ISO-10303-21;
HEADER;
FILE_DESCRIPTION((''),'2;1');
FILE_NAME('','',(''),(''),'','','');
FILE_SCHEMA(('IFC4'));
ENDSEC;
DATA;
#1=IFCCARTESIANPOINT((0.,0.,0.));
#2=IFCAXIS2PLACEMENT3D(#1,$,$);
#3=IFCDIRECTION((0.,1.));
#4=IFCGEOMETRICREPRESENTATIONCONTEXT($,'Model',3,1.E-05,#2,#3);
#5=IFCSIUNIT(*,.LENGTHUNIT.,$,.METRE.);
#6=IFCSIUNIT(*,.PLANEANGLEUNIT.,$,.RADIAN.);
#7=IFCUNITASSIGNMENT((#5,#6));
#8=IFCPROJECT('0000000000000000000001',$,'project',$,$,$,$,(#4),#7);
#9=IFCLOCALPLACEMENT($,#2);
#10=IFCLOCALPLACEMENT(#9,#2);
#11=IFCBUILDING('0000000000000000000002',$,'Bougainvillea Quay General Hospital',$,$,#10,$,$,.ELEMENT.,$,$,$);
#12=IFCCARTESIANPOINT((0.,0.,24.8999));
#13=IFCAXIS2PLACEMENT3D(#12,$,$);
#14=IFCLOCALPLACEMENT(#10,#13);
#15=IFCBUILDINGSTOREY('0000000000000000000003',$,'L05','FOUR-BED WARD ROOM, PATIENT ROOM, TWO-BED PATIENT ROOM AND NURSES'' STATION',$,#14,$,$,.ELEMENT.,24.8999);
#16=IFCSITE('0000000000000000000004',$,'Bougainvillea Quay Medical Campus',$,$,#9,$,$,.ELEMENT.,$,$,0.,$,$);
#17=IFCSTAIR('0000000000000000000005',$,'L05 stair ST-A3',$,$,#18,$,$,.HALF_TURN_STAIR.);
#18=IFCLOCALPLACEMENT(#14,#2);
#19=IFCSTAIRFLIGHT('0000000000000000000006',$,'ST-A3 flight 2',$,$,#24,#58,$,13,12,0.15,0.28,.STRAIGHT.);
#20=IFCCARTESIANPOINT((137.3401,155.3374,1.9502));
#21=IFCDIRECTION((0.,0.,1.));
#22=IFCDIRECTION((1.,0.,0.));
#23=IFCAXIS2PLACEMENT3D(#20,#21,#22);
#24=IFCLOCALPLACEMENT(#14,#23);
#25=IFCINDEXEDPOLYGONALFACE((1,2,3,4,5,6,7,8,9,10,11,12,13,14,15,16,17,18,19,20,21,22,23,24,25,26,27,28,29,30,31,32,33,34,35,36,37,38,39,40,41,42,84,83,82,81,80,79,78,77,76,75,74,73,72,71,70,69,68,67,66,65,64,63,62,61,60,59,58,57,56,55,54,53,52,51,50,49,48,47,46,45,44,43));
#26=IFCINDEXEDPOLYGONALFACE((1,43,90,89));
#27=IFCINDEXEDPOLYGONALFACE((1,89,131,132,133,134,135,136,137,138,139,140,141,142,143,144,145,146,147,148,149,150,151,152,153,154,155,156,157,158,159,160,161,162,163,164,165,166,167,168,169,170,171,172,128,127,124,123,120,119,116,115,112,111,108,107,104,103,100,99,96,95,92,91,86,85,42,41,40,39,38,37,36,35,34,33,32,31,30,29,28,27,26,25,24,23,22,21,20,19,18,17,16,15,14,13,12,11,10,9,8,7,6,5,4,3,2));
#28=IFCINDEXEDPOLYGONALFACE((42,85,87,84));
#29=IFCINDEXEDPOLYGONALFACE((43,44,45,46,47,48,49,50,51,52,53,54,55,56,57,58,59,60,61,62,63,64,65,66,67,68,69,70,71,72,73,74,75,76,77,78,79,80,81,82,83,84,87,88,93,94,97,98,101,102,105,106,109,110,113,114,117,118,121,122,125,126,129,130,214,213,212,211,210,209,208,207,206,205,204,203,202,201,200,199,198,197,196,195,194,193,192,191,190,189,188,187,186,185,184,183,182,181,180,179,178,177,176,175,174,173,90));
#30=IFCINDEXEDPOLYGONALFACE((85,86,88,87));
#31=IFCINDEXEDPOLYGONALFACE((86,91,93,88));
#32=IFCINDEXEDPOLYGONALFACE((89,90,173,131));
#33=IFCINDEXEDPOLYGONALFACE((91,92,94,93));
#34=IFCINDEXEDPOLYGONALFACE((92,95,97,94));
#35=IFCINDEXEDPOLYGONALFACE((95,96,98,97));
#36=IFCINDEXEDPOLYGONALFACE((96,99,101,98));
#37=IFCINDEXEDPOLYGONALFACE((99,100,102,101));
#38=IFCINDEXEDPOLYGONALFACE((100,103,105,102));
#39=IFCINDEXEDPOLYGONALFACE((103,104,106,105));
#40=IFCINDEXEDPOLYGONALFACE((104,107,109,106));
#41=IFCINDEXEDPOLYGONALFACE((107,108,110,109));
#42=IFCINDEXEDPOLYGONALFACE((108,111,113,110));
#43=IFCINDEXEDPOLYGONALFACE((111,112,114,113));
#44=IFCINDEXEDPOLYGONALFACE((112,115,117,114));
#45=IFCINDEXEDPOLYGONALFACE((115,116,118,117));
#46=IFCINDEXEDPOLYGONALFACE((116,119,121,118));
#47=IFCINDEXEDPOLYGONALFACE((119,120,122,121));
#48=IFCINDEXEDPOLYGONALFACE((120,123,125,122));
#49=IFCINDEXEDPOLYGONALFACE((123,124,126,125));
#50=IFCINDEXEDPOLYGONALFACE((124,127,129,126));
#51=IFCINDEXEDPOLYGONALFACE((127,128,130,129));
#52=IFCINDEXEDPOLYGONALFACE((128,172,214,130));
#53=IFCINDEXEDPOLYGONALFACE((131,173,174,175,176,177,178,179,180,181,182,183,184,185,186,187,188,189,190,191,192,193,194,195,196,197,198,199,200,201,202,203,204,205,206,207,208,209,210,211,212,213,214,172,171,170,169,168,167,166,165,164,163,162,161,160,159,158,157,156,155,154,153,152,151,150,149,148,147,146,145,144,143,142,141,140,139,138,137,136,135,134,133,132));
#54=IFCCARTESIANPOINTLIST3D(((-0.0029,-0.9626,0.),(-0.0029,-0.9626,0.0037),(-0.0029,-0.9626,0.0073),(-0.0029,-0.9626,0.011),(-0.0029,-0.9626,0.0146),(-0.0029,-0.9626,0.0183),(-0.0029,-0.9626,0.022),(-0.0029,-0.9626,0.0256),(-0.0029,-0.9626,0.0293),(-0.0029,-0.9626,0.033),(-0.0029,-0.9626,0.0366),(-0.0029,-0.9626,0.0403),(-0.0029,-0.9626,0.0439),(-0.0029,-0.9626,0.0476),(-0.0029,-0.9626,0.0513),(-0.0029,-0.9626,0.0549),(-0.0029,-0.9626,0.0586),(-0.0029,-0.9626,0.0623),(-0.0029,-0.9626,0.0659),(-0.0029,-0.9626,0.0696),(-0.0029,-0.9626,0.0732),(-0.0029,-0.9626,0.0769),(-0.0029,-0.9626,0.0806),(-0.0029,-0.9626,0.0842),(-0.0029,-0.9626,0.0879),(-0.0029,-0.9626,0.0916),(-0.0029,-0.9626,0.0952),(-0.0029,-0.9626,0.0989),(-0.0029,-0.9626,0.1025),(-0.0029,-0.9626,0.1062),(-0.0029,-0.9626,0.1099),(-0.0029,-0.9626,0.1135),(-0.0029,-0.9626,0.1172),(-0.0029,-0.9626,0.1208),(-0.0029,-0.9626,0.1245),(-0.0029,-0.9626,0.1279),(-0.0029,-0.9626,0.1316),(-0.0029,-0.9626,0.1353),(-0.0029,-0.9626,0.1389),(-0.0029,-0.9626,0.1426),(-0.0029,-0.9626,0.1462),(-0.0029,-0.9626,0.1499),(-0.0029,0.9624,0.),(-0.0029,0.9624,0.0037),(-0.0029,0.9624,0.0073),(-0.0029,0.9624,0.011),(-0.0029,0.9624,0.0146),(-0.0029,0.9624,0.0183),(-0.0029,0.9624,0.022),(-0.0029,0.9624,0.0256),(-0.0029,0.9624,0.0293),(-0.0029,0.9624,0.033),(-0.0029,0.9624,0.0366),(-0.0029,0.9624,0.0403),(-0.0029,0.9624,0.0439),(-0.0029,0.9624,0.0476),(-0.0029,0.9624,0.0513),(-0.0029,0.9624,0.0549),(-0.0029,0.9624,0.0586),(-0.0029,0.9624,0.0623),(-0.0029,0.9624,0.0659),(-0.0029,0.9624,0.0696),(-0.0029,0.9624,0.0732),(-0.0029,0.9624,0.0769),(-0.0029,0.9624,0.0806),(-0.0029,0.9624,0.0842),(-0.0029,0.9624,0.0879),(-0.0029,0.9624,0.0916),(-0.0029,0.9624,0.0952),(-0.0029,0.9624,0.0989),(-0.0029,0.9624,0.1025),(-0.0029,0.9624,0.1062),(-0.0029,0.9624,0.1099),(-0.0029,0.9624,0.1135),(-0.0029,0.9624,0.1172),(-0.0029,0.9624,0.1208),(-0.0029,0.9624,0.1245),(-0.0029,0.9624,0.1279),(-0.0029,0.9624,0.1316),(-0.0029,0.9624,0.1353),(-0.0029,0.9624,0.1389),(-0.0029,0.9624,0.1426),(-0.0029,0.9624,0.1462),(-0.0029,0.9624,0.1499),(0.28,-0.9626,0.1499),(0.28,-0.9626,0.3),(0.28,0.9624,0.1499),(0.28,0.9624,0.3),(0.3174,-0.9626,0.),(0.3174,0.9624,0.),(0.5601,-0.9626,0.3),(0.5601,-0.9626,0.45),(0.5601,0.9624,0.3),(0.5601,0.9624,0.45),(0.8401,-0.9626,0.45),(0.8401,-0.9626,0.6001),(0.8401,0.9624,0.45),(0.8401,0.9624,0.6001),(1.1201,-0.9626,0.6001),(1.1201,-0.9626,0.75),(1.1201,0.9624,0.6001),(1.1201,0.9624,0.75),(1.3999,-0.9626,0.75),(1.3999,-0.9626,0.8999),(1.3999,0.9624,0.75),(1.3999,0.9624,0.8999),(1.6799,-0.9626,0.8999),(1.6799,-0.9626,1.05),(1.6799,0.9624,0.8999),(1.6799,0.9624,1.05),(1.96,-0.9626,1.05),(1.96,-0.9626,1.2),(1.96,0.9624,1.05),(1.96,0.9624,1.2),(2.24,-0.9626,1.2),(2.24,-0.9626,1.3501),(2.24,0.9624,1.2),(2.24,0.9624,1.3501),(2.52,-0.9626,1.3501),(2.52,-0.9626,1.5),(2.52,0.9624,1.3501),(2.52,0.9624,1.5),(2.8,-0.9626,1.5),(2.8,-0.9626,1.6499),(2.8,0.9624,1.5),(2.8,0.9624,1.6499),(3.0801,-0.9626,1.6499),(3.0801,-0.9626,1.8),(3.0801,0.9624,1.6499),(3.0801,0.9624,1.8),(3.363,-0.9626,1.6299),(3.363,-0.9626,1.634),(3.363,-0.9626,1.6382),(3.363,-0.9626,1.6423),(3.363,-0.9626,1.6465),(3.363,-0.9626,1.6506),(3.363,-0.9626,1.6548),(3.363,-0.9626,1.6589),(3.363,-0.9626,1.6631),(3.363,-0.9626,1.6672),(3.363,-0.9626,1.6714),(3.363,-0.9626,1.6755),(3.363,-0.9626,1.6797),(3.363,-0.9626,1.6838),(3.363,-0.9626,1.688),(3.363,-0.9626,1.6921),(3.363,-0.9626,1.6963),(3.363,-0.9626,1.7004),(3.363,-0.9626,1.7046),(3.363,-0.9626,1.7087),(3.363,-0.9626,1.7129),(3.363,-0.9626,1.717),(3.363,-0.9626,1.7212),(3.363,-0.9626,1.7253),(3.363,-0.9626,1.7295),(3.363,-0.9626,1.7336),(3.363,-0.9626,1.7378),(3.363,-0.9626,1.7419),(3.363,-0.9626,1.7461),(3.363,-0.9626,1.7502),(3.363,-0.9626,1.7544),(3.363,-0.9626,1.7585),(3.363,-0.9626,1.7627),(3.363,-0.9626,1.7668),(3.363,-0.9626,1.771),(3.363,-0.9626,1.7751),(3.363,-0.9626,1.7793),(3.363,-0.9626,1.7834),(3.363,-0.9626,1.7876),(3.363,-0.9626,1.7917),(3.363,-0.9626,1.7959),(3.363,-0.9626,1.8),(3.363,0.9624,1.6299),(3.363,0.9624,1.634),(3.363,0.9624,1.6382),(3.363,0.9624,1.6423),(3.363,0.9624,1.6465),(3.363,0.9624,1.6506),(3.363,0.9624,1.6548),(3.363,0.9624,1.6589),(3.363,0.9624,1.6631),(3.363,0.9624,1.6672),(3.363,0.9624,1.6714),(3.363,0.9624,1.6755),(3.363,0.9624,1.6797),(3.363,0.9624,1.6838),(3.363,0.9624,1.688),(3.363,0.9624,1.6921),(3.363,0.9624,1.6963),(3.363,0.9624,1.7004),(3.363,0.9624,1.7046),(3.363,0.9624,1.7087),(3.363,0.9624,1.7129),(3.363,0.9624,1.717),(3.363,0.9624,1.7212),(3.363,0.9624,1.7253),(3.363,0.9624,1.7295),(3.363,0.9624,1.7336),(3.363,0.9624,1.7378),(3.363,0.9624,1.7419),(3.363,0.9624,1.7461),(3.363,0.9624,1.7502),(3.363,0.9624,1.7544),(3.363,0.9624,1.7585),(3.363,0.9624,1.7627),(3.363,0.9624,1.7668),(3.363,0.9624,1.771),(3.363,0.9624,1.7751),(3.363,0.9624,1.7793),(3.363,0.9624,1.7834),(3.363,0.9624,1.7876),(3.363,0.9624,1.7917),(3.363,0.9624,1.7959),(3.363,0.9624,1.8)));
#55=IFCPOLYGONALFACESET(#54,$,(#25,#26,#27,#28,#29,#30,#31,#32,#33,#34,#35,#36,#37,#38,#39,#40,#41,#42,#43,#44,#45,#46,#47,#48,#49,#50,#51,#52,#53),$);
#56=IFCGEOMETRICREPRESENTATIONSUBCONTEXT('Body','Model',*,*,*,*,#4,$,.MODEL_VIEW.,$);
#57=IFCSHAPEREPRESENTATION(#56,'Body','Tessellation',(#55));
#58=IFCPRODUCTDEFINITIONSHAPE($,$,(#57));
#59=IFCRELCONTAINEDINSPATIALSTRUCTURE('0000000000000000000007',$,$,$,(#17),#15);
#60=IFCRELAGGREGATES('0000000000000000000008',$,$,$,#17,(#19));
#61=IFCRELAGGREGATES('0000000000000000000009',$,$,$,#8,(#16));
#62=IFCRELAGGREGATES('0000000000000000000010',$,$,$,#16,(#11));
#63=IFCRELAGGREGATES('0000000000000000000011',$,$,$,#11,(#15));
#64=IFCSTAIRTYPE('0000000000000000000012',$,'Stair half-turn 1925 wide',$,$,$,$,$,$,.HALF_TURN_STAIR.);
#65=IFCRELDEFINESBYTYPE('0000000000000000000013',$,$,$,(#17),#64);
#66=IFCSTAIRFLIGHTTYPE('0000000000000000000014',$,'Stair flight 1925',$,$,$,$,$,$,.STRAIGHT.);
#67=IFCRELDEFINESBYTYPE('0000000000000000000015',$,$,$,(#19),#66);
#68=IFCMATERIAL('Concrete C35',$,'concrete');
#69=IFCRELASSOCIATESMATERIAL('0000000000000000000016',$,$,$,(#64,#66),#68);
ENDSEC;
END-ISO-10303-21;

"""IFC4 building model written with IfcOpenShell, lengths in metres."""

from ifc_helpers import new_model, si_unit, direction, frame, origin, place, context, subcontext, project, spatial, polyline, outline, extrude, material, type_object, element, aggregate, save


model = new_model("IFC4")

# Units and contexts
model_context = context("Model", 3, precision=1e-05, world=origin(), true_north=direction((0.0, 1.0)))
body_context = subcontext(model_context, "Body", "Model", "MODEL_VIEW")
ifc_project = project(units=[si_unit("LENGTHUNIT", "METRE"), si_unit("PLANEANGLEUNIT", "RADIAN")], contexts=[model_context])

# Site, building, storey
site_placement = place(None, origin())
site = spatial("IfcSite", under=ifc_project, at=site_placement, Name="Bougainvillea Quay Medical Campus", CompositionType="ELEMENT", RefElevation=0.0)
building_placement = place(site_placement, origin())
building = spatial("IfcBuilding", under=site, at=building_placement, Name="Bougainvillea Quay General Hospital", CompositionType="ELEMENT")
storey_placement = place(building_placement, frame((0.0, 0.0, 24.8999)))
storey = spatial("IfcBuildingStorey", under=building, at=storey_placement, Name="L05", Description="FOUR-BED WARD ROOM, PATIENT ROOM, TWO-BED PATIENT ROOM AND NURSES' STATION", CompositionType="ELEMENT", Elevation=24.8999)

# Stair, stair flight
ifc_material_1 = material(Name="Concrete C35", Category="concrete")
stair_type = type_object("IfcStairType", Name="Stair half-turn 1925 wide", PredefinedType="HALF_TURN_STAIR", material=ifc_material_1)
stair_placement = place(storey_placement, origin())
stair = element("IfcStair", 1, at=stair_placement, inside=storey, type_object=stair_type, Name="L05 stair ST-A3", PredefinedType="HALF_TURN_STAIR")
stair_flight_type = type_object("IfcStairFlightType", Name="Stair flight 1925", PredefinedType="STRAIGHT", material=ifc_material_1)
stair_flight_1_placement = place(storey_placement, frame((137.3401, 155.3374, 1.9502), z_axis=(0.0, 0.0, 1.0), x_axis=(1.0, 0.0, 0.0)))
stair_flight_1 = element("IfcStairFlight", 2, at=stair_flight_1_placement, type_object=stair_flight_type, Name="ST-A3 flight 2", NumberOfRisers=13, NumberOfTreads=12, PredefinedType="STRAIGHT", RiserHeight=0.15, TreadLength=0.28, context=body_context, shape_type="SweptSolid", body=[
    extrude(outline(polyline([(-0.0029, 0.0), (-0.0029, 0.0037), (-0.0029, 0.0073), (-0.0029, 0.011), (-0.0029, 0.0146), (-0.0029, 0.0183), (-0.0029, 0.022), (-0.0029, 0.0256), (-0.0029, 0.0293), (-0.0029, 0.033), (-0.0029, 0.0366), (-0.0029, 0.0403), (-0.0029, 0.0439), (-0.0029, 0.0476), (-0.0029, 0.0513), (-0.0029, 0.0549), (-0.0029, 0.0586), (-0.0029, 0.0623), (-0.0029, 0.0659), (-0.0029, 0.0696), (-0.0029, 0.0732), (-0.0029, 0.0769), (-0.0029, 0.0806), (-0.0029, 0.0842), (-0.0029, 0.0879), (-0.0029, 0.0916), (-0.0029, 0.0952), (-0.0029, 0.0989), (-0.0029, 0.1025), (-0.0029, 0.1062), (-0.0029, 0.1099), (-0.0029, 0.1135), (-0.0029, 0.1172), (-0.0029, 0.1208), (-0.0029, 0.1245), (-0.0029, 0.1279), (-0.0029, 0.1316), (-0.0029, 0.1353), (-0.0029, 0.1389), (-0.0029, 0.1426), (-0.0029, 0.1462), (-0.0029, 0.1499), (0.28, 0.1499), (0.28, 0.3), (0.5601, 0.3), (0.5601, 0.45), (0.8401, 0.45), (0.8401, 0.6001), (1.1201, 0.6001), (1.1201, 0.75), (1.3999, 0.75), (1.3999, 0.8999), (1.6799, 0.8999), (1.6799, 1.05), (1.96, 1.05), (1.96, 1.2), (2.24, 1.2), (2.24, 1.3501), (2.52, 1.3501), (2.52, 1.5), (2.8, 1.5), (2.8, 1.6499), (3.0801, 1.6499), (3.0801, 1.8), (3.363, 1.8), (3.363, 1.7959), (3.363, 1.7917), (3.363, 1.7876), (3.363, 1.7834), (3.363, 1.7793), (3.363, 1.7751), (3.363, 1.771), (3.363, 1.7668), (3.363, 1.7627), (3.363, 1.7585), (3.363, 1.7544), (3.363, 1.7502), (3.363, 1.7461), (3.363, 1.7419), (3.363, 1.7378), (3.363, 1.7336), (3.363, 1.7295), (3.363, 1.7253), (3.363, 1.7212), (3.363, 1.717), (3.363, 1.7129), (3.363, 1.7087), (3.363, 1.7046), (3.363, 1.7004), (3.363, 1.6963), (3.363, 1.6921), (3.363, 1.688), (3.363, 1.6838), (3.363, 1.6797), (3.363, 1.6755), (3.363, 1.6714), (3.363, 1.6672), (3.363, 1.6631), (3.363, 1.6589), (3.363, 1.6548), (3.363, 1.6506), (3.363, 1.6465), (3.363, 1.6423), (3.363, 1.6382), (3.363, 1.634), (3.363, 1.6299), (0.3174, 0.0), (-0.0029, 0.0)])), frame((0.0, 0.9624, 0.0), z_axis=(0.0, -1.0, 0.0), x_axis=(1.0, 0.0, 0.0)), (0.0, 0.0, 1.0), 1.925),
])
aggregate(stair, [stair_flight_1])

save(model, "model.ifc")
